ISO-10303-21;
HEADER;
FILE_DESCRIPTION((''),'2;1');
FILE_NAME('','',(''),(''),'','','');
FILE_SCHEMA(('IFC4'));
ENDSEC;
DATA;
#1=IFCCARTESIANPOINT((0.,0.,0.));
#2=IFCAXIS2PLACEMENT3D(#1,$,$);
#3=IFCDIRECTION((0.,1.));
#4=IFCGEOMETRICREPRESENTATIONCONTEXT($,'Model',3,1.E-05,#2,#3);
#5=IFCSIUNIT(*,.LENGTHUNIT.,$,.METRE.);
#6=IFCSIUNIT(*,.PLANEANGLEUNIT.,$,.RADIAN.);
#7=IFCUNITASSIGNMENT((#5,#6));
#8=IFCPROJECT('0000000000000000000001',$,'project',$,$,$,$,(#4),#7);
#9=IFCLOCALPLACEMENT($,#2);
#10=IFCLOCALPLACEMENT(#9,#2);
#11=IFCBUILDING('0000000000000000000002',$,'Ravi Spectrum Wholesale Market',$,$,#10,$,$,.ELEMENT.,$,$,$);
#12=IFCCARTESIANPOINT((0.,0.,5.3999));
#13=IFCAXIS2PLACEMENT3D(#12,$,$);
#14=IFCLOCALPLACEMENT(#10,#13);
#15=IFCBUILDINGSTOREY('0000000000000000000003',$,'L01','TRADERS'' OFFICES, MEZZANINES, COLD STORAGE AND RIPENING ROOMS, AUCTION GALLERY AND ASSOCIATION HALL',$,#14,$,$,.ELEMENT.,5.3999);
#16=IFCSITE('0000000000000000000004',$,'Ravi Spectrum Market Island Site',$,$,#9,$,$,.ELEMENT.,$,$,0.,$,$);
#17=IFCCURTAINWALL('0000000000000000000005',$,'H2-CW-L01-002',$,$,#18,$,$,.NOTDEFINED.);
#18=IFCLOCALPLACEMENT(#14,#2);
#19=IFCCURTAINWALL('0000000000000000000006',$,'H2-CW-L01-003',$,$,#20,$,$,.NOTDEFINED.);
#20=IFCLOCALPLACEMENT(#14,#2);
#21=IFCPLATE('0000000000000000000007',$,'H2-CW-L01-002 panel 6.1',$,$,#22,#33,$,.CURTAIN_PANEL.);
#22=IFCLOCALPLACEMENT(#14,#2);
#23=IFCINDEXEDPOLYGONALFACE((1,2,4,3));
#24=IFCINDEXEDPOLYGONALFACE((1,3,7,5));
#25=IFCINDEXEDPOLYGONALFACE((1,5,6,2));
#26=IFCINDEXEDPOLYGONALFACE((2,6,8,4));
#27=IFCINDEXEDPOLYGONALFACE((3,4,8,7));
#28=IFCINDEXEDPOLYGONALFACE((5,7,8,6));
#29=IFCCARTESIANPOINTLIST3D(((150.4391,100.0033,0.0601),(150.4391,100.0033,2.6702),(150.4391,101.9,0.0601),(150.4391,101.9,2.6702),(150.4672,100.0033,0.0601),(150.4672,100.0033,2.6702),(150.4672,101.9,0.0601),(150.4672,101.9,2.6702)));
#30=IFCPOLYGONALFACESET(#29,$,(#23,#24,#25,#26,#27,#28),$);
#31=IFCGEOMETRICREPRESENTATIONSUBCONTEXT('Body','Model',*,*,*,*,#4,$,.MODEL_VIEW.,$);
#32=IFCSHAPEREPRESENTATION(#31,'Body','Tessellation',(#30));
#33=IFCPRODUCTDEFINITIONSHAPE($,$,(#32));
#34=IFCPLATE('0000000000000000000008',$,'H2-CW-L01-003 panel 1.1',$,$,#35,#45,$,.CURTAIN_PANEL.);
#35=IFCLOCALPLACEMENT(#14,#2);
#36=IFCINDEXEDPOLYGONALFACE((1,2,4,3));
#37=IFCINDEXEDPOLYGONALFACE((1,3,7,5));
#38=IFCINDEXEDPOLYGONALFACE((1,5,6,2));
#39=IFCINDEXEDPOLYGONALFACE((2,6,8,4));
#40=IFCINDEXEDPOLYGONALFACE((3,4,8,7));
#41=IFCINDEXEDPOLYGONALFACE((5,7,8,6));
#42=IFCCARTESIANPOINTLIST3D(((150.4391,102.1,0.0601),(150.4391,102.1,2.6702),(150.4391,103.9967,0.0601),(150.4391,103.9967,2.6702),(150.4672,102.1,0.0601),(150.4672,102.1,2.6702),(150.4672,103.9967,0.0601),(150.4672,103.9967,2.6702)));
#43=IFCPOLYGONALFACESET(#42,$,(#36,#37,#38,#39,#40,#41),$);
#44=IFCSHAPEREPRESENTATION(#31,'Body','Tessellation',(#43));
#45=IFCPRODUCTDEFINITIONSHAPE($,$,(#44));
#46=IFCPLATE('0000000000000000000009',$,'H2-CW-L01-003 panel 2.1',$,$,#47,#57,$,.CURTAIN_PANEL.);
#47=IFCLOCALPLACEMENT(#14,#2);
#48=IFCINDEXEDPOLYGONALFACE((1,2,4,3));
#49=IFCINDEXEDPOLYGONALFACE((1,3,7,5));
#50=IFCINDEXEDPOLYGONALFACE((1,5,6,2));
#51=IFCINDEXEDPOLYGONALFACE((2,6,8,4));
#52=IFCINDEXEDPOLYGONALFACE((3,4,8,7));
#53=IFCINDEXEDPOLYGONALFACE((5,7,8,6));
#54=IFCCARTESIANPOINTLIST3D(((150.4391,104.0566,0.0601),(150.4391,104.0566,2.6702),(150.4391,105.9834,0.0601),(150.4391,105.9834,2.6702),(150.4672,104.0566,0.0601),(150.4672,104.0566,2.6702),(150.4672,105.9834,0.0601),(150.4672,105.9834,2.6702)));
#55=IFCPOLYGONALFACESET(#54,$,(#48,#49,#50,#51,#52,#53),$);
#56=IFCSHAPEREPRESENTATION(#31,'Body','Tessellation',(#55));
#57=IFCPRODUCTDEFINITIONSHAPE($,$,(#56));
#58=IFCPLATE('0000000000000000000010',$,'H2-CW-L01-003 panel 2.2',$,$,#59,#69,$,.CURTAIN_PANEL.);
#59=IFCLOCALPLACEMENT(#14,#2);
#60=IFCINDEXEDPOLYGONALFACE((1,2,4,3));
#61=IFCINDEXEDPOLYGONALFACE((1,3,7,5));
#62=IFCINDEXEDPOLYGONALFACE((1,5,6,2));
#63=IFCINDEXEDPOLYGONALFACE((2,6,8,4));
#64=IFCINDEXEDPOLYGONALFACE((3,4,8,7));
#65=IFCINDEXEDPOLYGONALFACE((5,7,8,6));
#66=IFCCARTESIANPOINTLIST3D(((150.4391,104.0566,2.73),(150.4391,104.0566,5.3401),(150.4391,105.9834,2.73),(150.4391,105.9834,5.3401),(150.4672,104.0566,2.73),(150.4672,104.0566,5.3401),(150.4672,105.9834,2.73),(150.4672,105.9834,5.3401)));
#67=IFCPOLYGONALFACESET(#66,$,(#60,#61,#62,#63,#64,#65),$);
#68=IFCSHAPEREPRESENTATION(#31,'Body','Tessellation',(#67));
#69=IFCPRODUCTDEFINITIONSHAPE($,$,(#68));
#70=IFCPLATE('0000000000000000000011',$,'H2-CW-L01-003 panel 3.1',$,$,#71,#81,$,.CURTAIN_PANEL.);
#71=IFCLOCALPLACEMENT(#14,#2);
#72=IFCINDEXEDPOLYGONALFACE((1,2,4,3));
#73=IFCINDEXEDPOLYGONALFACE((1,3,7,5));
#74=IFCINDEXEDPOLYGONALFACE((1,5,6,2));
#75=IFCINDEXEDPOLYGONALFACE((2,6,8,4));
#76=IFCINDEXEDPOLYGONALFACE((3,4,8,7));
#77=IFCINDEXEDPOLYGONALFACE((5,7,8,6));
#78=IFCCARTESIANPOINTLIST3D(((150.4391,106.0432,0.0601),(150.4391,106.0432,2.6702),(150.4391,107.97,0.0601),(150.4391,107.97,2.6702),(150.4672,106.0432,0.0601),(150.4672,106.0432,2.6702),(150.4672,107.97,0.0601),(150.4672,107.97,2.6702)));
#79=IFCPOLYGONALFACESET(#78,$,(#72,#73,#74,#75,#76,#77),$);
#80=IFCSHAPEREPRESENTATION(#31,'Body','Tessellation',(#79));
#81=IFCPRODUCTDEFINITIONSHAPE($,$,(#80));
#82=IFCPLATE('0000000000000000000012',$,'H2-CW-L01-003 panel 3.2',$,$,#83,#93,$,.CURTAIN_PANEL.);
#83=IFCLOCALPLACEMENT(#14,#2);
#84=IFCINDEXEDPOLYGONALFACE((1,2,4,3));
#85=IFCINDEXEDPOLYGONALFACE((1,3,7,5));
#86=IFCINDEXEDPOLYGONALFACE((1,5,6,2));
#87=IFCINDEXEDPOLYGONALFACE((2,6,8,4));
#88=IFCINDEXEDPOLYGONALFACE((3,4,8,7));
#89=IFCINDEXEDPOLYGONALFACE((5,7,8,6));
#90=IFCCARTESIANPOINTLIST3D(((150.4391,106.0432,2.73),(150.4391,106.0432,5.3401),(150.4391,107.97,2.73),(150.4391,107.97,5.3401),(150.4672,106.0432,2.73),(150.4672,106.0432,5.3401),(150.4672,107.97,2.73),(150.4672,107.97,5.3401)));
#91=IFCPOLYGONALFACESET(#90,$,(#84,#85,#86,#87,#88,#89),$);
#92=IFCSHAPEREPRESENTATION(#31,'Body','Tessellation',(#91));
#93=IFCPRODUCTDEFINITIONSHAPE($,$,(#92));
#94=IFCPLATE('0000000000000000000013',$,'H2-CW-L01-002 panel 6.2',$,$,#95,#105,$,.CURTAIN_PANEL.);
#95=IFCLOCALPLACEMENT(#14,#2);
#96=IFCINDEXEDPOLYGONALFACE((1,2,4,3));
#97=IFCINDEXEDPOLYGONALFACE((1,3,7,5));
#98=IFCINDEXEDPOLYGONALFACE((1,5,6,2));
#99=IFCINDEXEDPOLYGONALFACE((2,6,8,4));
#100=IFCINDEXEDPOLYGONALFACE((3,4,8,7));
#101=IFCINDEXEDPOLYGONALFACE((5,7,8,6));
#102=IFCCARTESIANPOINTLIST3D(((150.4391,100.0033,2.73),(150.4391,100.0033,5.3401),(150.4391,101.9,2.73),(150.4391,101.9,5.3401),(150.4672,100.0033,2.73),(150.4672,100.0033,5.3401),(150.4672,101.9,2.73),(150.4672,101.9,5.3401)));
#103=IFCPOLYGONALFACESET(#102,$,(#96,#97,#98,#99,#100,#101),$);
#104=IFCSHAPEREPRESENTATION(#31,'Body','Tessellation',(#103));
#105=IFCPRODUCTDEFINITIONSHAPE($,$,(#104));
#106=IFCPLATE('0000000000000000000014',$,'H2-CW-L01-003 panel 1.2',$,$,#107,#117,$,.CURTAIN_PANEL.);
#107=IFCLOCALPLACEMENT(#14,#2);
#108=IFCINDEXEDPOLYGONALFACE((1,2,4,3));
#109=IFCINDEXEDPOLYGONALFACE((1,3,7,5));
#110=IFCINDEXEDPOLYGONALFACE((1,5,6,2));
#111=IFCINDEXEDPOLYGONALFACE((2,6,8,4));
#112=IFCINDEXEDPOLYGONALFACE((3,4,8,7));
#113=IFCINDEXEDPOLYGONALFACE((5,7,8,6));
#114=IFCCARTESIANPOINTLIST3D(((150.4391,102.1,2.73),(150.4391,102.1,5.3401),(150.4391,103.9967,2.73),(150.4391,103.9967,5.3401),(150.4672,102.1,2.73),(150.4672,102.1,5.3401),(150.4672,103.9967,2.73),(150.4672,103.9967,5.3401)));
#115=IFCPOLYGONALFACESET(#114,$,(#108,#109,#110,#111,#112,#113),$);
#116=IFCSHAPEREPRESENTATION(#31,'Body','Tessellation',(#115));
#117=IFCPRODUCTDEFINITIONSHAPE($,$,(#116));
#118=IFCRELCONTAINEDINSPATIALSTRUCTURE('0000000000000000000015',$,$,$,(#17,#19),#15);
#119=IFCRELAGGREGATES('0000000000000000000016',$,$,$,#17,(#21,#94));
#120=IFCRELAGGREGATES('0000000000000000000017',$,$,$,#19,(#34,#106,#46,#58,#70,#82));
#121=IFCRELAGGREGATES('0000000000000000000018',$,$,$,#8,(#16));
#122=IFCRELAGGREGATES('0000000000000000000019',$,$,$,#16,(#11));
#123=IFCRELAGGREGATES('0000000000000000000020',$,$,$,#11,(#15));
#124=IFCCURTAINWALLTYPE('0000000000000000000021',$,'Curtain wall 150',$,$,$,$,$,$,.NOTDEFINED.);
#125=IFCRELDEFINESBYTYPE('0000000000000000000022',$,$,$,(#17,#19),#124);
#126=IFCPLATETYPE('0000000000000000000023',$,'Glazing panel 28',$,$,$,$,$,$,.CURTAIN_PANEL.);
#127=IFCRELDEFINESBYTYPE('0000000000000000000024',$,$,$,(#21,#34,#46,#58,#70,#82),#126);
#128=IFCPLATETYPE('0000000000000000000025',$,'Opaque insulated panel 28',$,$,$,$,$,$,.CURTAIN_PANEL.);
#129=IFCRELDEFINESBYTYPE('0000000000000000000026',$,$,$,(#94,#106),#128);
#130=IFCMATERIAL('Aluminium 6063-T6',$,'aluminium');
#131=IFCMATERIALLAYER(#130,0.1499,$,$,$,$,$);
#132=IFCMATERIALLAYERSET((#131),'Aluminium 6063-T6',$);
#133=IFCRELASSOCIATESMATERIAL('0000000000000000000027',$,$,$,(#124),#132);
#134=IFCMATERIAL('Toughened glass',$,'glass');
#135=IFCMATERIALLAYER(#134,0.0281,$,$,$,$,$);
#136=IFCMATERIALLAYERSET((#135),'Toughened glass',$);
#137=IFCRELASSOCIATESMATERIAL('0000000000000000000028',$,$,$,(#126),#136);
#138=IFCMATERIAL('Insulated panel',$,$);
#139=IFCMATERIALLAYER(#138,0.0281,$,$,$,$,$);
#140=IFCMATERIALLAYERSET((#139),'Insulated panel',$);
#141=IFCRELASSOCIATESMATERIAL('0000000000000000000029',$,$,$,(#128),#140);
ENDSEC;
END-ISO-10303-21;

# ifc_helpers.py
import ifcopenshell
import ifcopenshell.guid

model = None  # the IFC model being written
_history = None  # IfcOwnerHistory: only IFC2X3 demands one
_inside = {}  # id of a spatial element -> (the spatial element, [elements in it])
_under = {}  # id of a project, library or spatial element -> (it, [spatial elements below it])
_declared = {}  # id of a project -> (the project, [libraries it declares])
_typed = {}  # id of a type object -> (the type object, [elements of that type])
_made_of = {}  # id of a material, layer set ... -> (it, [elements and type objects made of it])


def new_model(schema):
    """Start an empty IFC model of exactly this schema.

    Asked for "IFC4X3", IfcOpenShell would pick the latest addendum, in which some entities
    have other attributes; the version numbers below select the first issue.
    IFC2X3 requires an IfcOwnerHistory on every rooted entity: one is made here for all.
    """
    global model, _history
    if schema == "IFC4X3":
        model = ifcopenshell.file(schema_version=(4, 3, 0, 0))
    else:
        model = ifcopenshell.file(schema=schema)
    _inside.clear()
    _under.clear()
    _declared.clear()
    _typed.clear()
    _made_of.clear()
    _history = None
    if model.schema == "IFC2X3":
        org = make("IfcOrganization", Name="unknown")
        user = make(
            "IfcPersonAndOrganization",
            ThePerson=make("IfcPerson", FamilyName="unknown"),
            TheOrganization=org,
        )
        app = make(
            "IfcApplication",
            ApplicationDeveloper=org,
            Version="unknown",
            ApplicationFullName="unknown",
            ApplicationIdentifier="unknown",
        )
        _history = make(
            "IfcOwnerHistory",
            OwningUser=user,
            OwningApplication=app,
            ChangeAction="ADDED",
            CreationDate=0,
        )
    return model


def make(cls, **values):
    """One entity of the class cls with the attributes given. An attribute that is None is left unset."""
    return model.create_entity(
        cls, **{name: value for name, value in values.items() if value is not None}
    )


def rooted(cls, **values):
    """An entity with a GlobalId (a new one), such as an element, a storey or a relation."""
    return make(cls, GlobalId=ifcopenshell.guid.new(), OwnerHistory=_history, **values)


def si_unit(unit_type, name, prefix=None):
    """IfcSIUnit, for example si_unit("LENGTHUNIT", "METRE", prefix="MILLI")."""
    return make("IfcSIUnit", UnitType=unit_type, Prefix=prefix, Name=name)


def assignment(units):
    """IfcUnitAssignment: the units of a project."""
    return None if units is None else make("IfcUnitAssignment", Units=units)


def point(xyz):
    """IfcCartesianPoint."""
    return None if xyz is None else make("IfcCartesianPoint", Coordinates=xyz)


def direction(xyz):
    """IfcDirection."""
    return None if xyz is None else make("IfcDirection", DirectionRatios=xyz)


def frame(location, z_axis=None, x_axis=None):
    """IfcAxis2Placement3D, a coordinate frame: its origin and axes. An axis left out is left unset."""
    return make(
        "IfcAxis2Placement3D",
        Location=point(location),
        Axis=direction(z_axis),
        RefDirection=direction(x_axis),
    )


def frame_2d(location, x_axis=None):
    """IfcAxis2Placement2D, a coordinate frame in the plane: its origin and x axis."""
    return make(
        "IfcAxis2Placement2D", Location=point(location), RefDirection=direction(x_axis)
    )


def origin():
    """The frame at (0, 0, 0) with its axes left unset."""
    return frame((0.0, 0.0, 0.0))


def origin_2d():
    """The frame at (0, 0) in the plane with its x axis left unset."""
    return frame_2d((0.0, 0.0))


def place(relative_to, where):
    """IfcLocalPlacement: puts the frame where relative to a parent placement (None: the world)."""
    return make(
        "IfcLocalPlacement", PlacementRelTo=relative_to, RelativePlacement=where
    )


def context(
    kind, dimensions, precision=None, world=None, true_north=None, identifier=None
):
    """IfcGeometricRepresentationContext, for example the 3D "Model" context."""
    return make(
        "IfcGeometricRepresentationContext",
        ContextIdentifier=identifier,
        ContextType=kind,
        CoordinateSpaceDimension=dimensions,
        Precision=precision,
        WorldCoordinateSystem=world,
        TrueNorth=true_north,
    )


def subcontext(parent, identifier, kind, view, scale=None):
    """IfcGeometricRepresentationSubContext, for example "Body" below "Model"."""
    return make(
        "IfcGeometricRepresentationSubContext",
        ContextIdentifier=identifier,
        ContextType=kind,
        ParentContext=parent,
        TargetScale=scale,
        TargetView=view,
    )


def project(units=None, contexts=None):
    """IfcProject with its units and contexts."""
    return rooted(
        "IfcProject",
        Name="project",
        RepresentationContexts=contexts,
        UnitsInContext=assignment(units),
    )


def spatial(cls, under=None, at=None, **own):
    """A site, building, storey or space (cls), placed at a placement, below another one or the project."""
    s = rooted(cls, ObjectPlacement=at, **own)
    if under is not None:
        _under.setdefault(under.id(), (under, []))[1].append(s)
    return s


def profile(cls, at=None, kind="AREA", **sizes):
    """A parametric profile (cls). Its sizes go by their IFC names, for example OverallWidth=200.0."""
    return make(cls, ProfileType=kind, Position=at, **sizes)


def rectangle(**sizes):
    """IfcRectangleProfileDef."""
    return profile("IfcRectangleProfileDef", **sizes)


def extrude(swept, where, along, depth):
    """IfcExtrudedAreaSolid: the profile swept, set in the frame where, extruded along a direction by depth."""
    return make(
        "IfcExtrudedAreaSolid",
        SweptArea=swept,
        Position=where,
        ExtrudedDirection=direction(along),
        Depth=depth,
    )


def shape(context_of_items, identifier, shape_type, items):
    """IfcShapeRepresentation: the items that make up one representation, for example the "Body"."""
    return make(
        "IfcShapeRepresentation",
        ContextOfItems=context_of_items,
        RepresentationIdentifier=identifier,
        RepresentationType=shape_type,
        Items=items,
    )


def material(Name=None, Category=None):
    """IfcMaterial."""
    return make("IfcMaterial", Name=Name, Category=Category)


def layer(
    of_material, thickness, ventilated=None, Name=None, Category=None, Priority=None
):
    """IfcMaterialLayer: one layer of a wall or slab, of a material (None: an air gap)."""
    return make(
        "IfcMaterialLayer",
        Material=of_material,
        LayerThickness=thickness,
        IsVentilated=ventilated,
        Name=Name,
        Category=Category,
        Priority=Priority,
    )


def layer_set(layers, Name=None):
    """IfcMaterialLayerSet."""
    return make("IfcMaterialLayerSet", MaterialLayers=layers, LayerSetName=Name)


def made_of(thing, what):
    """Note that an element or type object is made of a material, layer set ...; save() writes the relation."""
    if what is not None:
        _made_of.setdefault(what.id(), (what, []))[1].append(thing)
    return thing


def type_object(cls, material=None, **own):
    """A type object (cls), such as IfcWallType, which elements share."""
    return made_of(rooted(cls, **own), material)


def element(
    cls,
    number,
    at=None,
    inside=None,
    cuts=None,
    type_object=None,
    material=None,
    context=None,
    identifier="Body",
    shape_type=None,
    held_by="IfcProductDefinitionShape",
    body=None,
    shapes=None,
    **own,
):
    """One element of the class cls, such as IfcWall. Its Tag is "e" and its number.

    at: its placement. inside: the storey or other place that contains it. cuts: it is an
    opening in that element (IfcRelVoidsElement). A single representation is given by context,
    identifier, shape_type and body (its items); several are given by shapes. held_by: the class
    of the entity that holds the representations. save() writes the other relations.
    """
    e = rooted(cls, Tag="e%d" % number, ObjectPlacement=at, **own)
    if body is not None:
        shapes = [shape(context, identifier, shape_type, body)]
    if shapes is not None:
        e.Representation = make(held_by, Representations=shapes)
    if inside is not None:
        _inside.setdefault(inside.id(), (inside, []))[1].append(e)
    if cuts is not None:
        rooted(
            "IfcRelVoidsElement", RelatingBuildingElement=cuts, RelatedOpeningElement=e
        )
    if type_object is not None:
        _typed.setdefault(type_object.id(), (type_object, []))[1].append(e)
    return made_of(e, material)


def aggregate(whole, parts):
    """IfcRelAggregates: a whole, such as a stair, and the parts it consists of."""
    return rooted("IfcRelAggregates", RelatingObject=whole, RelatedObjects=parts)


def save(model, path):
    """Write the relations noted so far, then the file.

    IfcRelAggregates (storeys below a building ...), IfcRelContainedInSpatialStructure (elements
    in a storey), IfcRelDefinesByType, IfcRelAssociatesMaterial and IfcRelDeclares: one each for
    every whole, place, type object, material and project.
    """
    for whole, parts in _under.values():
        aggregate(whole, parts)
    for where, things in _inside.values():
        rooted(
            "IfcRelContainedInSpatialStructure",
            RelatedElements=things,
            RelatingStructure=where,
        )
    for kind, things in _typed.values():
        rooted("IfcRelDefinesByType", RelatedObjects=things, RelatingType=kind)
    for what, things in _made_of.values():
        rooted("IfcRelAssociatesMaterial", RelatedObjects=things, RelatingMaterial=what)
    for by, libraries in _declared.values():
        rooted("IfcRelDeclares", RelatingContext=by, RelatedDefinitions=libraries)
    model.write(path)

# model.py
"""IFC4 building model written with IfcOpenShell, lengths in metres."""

from ifc_helpers import new_model, si_unit, direction, frame, origin, origin_2d, place, context, subcontext, project, spatial, rectangle, extrude, material, layer, layer_set, type_object, element, aggregate, save


model = new_model("IFC4")

# Units and contexts
model_context = context("Model", 3, precision=1e-05, world=origin(), true_north=direction((0.0, 1.0)))
body_context = subcontext(model_context, "Body", "Model", "MODEL_VIEW")
ifc_project = project(units=[si_unit("LENGTHUNIT", "METRE"), si_unit("PLANEANGLEUNIT", "RADIAN")], contexts=[model_context])

# Site, building, storey
site_placement = place(None, origin())
site = spatial("IfcSite", under=ifc_project, at=site_placement, Name="Ravi Spectrum Market Island Site", CompositionType="ELEMENT", RefElevation=0.0)
building_placement = place(site_placement, origin())
building = spatial("IfcBuilding", under=site, at=building_placement, Name="Ravi Spectrum Wholesale Market", CompositionType="ELEMENT")
storey_placement = place(building_placement, frame((0.0, 0.0, 5.3999)))
storey = spatial("IfcBuildingStorey", under=building, at=storey_placement, Name="L01", Description="TRADERS' OFFICES, MEZZANINES, COLD STORAGE AND RIPENING ROOMS, AUCTION GALLERY AND ASSOCIATION HALL", CompositionType="ELEMENT", Elevation=5.3999)

# Curtain wall
ifc_material_1 = material(Name="Aluminium 6063-T6", Category="aluminium")
ifc_layer_1 = layer(ifc_material_1, 0.1499)
ifc_layer_set_1 = layer_set([ifc_layer_1], Name="Aluminium 6063-T6")
curtain_wall_type = type_object("IfcCurtainWallType", Name="Curtain wall 150", PredefinedType="NOTDEFINED", material=ifc_layer_set_1)
curtain_wall_1_placement = place(storey_placement, origin())
curtain_wall_1 = element("IfcCurtainWall", 1, at=curtain_wall_1_placement, inside=storey, type_object=curtain_wall_type, Name="H2-CW-L01-002", PredefinedType="NOTDEFINED")

# Curtain wall
curtain_wall_2_placement = place(storey_placement, origin())
curtain_wall_2 = element("IfcCurtainWall", 2, at=curtain_wall_2_placement, inside=storey, type_object=curtain_wall_type, Name="H2-CW-L01-003", PredefinedType="NOTDEFINED")

# Plates
ifc_material_2 = material(Name="Toughened glass", Category="glass")
ifc_layer_2 = layer(ifc_material_2, 0.0281)
ifc_layer_set_2 = layer_set([ifc_layer_2], Name="Toughened glass")
plate_type_1 = type_object("IfcPlateType", Name="Glazing panel 28", PredefinedType="CURTAIN_PANEL", material=ifc_layer_set_2)
plate_1_placement = place(storey_placement, frame((150.4531, 100.9517, 0.0601), z_axis=(0.0, 0.0, 1.0), x_axis=(0.0, 1.0, 0.0)))
plate_1 = element("IfcPlate", 3, at=plate_1_placement, type_object=plate_type_1, Name="H2-CW-L01-002 panel 6.1", PredefinedType="CURTAIN_PANEL", context=body_context, shape_type="SweptSolid", body=[
    extrude(rectangle(XDim=1.8967, YDim=0.0281, at=origin_2d()), origin(), (0.0, 0.0, 1.0), 2.6101),
])
plate_2_placement = place(storey_placement, frame((150.4531, 103.0483, 0.0601), z_axis=(0.0, 0.0, 1.0), x_axis=(0.0, 1.0, 0.0)))
plate_2 = element("IfcPlate", 4, at=plate_2_placement, type_object=plate_type_1, Name="H2-CW-L01-003 panel 1.1", PredefinedType="CURTAIN_PANEL", context=body_context, shape_type="SweptSolid", body=[
    extrude(rectangle(XDim=1.8967, YDim=0.0281, at=origin_2d()), origin(), (0.0, 0.0, 1.0), 2.6101),
])
plate_3_placement = place(storey_placement, frame((150.4531, 105.02, 0.0601), z_axis=(0.0, 0.0, 1.0), x_axis=(0.0, 1.0, 0.0)))
plate_3 = element("IfcPlate", 5, at=plate_3_placement, type_object=plate_type_1, Name="H2-CW-L01-003 panel 2.1", PredefinedType="CURTAIN_PANEL", context=body_context, shape_type="SweptSolid", body=[
    extrude(rectangle(XDim=1.9268, YDim=0.0281, at=origin_2d()), origin(), (0.0, 0.0, 1.0), 2.6101),
])
plate_4_placement = place(storey_placement, frame((150.4531, 105.02, 2.73), z_axis=(0.0, 0.0, 1.0), x_axis=(0.0, 1.0, 0.0)))
plate_4 = element("IfcPlate", 6, at=plate_4_placement, type_object=plate_type_1, Name="H2-CW-L01-003 panel 2.2", PredefinedType="CURTAIN_PANEL", context=body_context, shape_type="SweptSolid", body=[
    extrude(rectangle(XDim=1.9268, YDim=0.0281, at=origin_2d()), origin(), (0.0, 0.0, 1.0), 2.6101),
])
plate_5_placement = place(storey_placement, frame((150.4531, 107.0066, 0.0601), z_axis=(0.0, 0.0, 1.0), x_axis=(0.0, 1.0, 0.0)))
plate_5 = element("IfcPlate", 7, at=plate_5_placement, type_object=plate_type_1, Name="H2-CW-L01-003 panel 3.1", PredefinedType="CURTAIN_PANEL", context=body_context, shape_type="SweptSolid", body=[
    extrude(rectangle(XDim=1.9268, YDim=0.0281, at=origin_2d()), origin(), (0.0, 0.0, 1.0), 2.6101),
])
plate_6_placement = place(storey_placement, frame((150.4531, 107.0066, 2.73), z_axis=(0.0, 0.0, 1.0), x_axis=(0.0, 1.0, 0.0)))
plate_6 = element("IfcPlate", 8, at=plate_6_placement, type_object=plate_type_1, Name="H2-CW-L01-003 panel 3.2", PredefinedType="CURTAIN_PANEL", context=body_context, shape_type="SweptSolid", body=[
    extrude(rectangle(XDim=1.9268, YDim=0.0281, at=origin_2d()), origin(), (0.0, 0.0, 1.0), 2.6101),
])
ifc_material_3 = material(Name="Insulated panel")
ifc_layer_3 = layer(ifc_material_3, 0.0281)
ifc_layer_set_3 = layer_set([ifc_layer_3], Name="Insulated panel")
plate_type_2 = type_object("IfcPlateType", Name="Opaque insulated panel 28", PredefinedType="CURTAIN_PANEL", material=ifc_layer_set_3)
plate_7_placement = place(storey_placement, frame((150.4531, 100.9517, 2.73), z_axis=(0.0, 0.0, 1.0), x_axis=(0.0, 1.0, 0.0)))
plate_7 = element("IfcPlate", 9, at=plate_7_placement, type_object=plate_type_2, Name="H2-CW-L01-002 panel 6.2", PredefinedType="CURTAIN_PANEL", context=body_context, shape_type="SweptSolid", body=[
    extrude(rectangle(XDim=1.8967, YDim=0.0281, at=origin_2d()), origin(), (0.0, 0.0, 1.0), 2.6101),
])
aggregate(curtain_wall_1, [plate_1, plate_7])
plate_8_placement = place(storey_placement, frame((150.4531, 103.0483, 2.73), z_axis=(0.0, 0.0, 1.0), x_axis=(0.0, 1.0, 0.0)))
plate_8 = element("IfcPlate", 10, at=plate_8_placement, type_object=plate_type_2, Name="H2-CW-L01-003 panel 1.2", PredefinedType="CURTAIN_PANEL", context=body_context, shape_type="SweptSolid", body=[
    extrude(rectangle(XDim=1.8967, YDim=0.0281, at=origin_2d()), origin(), (0.0, 0.0, 1.0), 2.6101),
])
aggregate(curtain_wall_2, [plate_2, plate_8, plate_3, plate_4, plate_5, plate_6])

save(model, "model.ifc")
